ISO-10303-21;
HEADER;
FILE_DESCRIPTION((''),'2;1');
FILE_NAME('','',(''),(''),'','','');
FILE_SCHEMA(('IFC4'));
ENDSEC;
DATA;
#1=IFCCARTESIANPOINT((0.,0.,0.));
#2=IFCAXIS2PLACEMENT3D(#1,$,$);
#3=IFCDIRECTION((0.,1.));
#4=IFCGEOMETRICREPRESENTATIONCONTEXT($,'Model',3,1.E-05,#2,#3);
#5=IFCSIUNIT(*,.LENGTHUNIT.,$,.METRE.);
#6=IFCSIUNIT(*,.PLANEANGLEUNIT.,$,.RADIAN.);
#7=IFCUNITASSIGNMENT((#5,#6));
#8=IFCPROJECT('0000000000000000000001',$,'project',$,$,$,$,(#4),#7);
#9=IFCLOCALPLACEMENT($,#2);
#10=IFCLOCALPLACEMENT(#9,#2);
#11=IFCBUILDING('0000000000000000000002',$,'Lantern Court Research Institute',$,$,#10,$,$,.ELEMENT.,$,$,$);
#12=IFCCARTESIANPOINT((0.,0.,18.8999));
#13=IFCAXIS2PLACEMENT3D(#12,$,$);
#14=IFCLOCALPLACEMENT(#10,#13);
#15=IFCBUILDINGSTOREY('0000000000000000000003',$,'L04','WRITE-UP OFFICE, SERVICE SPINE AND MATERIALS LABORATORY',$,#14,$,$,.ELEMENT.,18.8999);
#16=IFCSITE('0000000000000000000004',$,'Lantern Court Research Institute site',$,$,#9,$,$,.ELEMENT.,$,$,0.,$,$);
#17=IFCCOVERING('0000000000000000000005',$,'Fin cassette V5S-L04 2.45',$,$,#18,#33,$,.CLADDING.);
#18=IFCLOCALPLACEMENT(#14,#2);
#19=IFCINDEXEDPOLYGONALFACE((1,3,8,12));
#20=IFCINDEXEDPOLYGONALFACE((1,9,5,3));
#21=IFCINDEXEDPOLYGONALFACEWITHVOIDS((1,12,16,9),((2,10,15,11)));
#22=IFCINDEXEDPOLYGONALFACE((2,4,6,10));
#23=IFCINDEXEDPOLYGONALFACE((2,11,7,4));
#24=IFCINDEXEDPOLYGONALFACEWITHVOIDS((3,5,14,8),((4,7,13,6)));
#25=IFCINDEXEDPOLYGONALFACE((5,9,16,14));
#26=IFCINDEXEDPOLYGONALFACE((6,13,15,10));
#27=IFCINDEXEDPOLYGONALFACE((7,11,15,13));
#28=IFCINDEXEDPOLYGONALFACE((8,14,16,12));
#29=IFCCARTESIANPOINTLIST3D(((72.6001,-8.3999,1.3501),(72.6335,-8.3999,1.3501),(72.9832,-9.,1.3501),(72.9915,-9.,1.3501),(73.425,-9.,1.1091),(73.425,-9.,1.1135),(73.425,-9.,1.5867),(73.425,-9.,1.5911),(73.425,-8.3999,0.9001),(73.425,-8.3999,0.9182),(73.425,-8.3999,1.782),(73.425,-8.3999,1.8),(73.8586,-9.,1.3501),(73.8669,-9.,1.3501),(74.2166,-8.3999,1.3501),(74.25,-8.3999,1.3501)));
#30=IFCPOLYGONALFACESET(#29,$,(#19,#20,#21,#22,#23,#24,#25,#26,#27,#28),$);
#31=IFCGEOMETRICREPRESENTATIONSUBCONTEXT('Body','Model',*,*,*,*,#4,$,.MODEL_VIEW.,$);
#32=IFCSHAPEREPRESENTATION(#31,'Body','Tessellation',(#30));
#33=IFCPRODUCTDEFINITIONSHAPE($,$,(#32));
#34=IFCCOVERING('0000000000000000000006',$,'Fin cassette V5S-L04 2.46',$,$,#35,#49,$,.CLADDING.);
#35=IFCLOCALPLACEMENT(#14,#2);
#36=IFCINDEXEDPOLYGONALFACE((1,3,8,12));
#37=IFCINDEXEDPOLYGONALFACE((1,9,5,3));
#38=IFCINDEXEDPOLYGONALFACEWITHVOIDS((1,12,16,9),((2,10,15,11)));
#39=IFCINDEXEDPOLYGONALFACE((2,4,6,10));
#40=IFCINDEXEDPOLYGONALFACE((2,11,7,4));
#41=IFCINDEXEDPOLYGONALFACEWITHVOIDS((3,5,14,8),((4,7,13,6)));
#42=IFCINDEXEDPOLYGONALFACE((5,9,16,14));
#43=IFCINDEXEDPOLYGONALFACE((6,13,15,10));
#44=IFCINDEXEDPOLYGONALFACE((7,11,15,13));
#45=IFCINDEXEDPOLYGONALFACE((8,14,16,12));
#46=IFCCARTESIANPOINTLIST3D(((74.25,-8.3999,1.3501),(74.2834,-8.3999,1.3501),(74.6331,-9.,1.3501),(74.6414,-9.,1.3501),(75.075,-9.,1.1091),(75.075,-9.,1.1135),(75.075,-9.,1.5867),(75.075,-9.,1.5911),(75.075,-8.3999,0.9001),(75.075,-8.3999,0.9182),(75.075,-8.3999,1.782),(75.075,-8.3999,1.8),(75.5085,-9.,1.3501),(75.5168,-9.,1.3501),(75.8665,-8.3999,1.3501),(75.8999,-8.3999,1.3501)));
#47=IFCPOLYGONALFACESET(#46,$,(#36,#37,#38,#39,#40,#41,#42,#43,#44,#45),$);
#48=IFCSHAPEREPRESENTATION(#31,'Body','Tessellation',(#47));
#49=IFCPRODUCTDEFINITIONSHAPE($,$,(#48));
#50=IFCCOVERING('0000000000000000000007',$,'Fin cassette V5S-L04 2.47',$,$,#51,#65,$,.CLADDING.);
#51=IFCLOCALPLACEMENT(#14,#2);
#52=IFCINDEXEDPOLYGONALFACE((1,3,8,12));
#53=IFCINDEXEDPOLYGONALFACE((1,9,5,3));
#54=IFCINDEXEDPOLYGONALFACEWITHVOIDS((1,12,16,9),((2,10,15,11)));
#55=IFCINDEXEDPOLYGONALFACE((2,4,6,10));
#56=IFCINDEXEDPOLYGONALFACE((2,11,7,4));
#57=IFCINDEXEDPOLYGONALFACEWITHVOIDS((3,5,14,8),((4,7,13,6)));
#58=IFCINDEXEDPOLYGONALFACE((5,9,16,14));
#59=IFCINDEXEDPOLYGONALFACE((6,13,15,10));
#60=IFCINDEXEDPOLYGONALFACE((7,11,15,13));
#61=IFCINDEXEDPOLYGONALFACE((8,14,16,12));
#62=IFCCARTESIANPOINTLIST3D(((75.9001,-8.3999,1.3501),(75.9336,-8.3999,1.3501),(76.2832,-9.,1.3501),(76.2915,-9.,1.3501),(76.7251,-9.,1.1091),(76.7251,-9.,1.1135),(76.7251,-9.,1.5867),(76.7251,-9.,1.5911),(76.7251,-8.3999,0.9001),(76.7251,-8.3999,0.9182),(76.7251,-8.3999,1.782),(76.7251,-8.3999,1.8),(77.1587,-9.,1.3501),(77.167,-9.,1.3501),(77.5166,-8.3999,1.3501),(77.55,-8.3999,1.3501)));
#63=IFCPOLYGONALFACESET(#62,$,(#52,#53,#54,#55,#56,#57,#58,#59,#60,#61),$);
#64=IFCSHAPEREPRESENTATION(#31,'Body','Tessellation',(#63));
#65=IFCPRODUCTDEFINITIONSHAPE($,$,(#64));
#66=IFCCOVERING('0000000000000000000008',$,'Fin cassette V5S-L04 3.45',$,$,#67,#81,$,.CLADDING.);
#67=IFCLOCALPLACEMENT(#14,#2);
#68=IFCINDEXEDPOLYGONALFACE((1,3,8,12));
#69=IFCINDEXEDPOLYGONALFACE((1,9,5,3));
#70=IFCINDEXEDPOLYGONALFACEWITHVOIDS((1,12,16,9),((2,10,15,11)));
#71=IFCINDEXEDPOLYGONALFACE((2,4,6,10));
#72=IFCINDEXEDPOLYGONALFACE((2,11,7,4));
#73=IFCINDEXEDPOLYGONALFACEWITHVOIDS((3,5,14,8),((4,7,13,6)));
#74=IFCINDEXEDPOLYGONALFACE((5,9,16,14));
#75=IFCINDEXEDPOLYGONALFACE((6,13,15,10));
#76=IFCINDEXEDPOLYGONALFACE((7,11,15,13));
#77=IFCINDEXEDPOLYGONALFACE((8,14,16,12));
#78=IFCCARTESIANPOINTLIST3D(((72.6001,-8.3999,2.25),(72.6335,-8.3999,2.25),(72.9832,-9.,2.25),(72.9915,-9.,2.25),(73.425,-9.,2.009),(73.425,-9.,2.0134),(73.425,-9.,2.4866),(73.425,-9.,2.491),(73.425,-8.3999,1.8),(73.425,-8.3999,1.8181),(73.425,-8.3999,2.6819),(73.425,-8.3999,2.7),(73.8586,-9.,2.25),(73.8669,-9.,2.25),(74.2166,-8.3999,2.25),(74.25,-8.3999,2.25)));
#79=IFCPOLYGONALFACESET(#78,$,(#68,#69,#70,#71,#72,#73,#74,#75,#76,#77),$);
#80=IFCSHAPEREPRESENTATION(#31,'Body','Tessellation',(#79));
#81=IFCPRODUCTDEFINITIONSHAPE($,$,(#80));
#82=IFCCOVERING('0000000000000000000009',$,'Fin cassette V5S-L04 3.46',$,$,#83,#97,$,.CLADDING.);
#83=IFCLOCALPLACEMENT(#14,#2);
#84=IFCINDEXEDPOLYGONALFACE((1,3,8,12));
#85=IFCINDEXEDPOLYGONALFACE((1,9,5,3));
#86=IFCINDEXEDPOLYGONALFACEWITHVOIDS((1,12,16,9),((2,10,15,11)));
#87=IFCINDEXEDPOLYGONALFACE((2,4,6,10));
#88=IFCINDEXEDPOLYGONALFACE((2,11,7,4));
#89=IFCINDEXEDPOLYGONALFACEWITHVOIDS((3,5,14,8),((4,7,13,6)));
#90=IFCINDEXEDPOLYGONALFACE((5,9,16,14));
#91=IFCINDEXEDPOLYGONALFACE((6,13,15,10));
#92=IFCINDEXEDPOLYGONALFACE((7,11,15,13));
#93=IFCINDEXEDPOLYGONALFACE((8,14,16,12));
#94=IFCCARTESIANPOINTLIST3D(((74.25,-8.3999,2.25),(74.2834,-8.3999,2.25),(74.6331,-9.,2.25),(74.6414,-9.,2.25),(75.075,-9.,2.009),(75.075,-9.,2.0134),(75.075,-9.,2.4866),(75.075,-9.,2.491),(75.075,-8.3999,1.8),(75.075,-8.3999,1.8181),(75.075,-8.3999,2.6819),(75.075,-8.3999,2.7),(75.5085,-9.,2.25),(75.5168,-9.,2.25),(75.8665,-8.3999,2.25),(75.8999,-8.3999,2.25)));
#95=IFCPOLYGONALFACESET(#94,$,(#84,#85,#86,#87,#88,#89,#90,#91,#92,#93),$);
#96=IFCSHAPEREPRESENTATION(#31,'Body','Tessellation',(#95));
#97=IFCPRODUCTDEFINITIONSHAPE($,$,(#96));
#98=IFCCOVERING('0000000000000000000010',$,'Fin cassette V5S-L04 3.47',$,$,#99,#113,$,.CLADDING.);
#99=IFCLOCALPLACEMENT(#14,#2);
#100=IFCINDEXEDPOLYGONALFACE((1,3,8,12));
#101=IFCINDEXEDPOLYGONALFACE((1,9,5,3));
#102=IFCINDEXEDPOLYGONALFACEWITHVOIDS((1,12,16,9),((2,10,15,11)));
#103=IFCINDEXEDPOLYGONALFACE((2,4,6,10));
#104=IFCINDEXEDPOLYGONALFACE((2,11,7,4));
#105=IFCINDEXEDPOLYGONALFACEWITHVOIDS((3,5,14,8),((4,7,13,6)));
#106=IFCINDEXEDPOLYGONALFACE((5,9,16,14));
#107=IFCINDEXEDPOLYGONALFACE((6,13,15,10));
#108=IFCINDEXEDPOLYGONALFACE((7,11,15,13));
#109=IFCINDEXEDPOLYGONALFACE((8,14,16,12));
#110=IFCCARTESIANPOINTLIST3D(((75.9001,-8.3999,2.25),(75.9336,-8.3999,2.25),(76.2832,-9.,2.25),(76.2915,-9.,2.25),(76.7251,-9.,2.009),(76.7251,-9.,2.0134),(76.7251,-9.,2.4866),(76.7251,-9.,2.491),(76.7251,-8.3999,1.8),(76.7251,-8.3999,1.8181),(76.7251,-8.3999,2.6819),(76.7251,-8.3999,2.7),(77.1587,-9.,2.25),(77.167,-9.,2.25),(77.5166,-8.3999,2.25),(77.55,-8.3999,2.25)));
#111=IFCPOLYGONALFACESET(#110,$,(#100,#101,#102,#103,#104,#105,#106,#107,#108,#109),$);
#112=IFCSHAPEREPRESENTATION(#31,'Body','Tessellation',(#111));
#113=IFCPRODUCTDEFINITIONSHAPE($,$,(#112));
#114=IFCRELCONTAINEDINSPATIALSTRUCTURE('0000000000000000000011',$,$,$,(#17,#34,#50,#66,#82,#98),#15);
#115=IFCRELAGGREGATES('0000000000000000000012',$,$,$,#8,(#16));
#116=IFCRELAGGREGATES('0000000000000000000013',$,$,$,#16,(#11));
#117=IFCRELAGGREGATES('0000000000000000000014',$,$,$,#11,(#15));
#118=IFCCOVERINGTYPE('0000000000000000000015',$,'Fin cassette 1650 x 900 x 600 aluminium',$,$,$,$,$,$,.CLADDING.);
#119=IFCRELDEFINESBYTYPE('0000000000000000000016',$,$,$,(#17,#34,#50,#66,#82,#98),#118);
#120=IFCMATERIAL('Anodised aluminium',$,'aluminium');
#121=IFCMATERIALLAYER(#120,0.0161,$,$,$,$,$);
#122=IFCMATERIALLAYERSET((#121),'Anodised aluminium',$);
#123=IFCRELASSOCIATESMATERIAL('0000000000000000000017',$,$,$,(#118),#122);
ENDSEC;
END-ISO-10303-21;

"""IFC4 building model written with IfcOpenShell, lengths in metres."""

from ifc_helpers import new_model, entity, si_unit, direction, frame, origin, place, context, subcontext, project, spatial, material, layer, layer_set, type_object, element, save


model = new_model("IFC4")

# Units and contexts
model_context = context("Model", 3, precision=1e-05, world=origin(), true_north=direction((0.0, 1.0)))
body_context = subcontext(model_context, "Body", "Model", "MODEL_VIEW")
ifc_project = project(units=[si_unit("LENGTHUNIT", "METRE"), si_unit("PLANEANGLEUNIT", "RADIAN")], contexts=[model_context])

# Site, building, storey
site_placement = place(None, origin())
site = spatial("IfcSite", under=ifc_project, at=site_placement, Name="Lantern Court Research Institute site", CompositionType="ELEMENT", RefElevation=0.0)
building_placement = place(site_placement, origin())
building = spatial("IfcBuilding", under=site, at=building_placement, Name="Lantern Court Research Institute", CompositionType="ELEMENT")
storey_placement = place(building_placement, frame((0.0, 0.0, 18.8999)))
storey = spatial("IfcBuildingStorey", under=building, at=storey_placement, Name="L04", Description="WRITE-UP OFFICE, SERVICE SPINE AND MATERIALS LABORATORY", CompositionType="ELEMENT", Elevation=18.8999)

# Coverings
ifc_material_1 = material(Name="Anodised aluminium", Category="aluminium")
ifc_layer_1 = layer(ifc_material_1, 0.0161)
ifc_layer_set_1 = layer_set([ifc_layer_1], Name="Anodised aluminium")
covering_type = type_object("IfcCoveringType", Name="Fin cassette 1650 x 900 x 600 aluminium", PredefinedType="CLADDING", material=ifc_layer_set_1)
covering_1_placement = place(storey_placement, frame((73.425, -8.3999, 1.3501), z_axis=(0.0, -1.0, 0.0), x_axis=(1.0, 0.0, 0.0)))
cartesian_point_1 = entity("IfcCartesianPoint", [0.825, 0.0])
cartesian_point_2 = entity("IfcCartesianPoint", [0.7915, 0.0])
cartesian_point_3 = entity("IfcCartesianPoint", [0.4419, 0.0])
cartesian_point_4 = entity("IfcCartesianPoint", [0.4336, 0.0])
element("IfcCovering", 1, at=covering_1_placement, inside=storey, type_object=covering_type, Name="Fin cassette V5S-L04 2.45", PredefinedType="CLADDING", context=body_context, shape_type="SweptSolid", body=[
    entity("IfcExtrudedAreaSolidTapered", entity("IfcArbitraryProfileDefWithVoids", "AREA", None, entity("IfcPolyline", [cartesian_point_1, entity("IfcCartesianPoint", [0.0, 0.45]), entity("IfcCartesianPoint", [-0.825, 0.0]), entity("IfcCartesianPoint", [0.0, -0.45]), cartesian_point_1]), [entity("IfcPolyline", [cartesian_point_2, entity("IfcCartesianPoint", [0.0, 0.4319]), entity("IfcCartesianPoint", [-0.7915, 0.0]), entity("IfcCartesianPoint", [0.0, -0.4319]), cartesian_point_2])]), entity("IfcAxis2Placement3D", entity("IfcCartesianPoint", [0.0, 0.0, 0.0])), entity("IfcDirection", [0.0, 0.0, 1.0]), 0.6001, entity("IfcArbitraryProfileDefWithVoids", "AREA", None, entity("IfcPolyline", [cartesian_point_3, entity("IfcCartesianPoint", [0.0, 0.241]), entity("IfcCartesianPoint", [-0.4419, 0.0]), entity("IfcCartesianPoint", [0.0, -0.241]), cartesian_point_3]), [entity("IfcPolyline", [cartesian_point_4, entity("IfcCartesianPoint", [0.0, 0.2366]), entity("IfcCartesianPoint", [-0.4336, 0.0]), entity("IfcCartesianPoint", [0.0, -0.2366]), cartesian_point_4])])),
])
covering_2_placement = place(storey_placement, frame((75.075, -8.3999, 1.3501), z_axis=(0.0, -1.0, 0.0), x_axis=(1.0, 0.0, 0.0)))
cartesian_point_5 = entity("IfcCartesianPoint", [0.825, 0.0])
cartesian_point_6 = entity("IfcCartesianPoint", [0.7915, 0.0])
cartesian_point_7 = entity("IfcCartesianPoint", [0.4419, 0.0])
cartesian_point_8 = entity("IfcCartesianPoint", [0.4336, 0.0])
element("IfcCovering", 2, at=covering_2_placement, inside=storey, type_object=covering_type, Name="Fin cassette V5S-L04 2.46", PredefinedType="CLADDING", context=body_context, shape_type="SweptSolid", body=[
    entity("IfcExtrudedAreaSolidTapered", entity("IfcArbitraryProfileDefWithVoids", "AREA", None, entity("IfcPolyline", [cartesian_point_5, entity("IfcCartesianPoint", [0.0, 0.45]), entity("IfcCartesianPoint", [-0.825, 0.0]), entity("IfcCartesianPoint", [0.0, -0.45]), cartesian_point_5]), [entity("IfcPolyline", [cartesian_point_6, entity("IfcCartesianPoint", [0.0, 0.4319]), entity("IfcCartesianPoint", [-0.7915, 0.0]), entity("IfcCartesianPoint", [0.0, -0.4319]), cartesian_point_6])]), entity("IfcAxis2Placement3D", entity("IfcCartesianPoint", [0.0, 0.0, 0.0])), entity("IfcDirection", [0.0, 0.0, 1.0]), 0.6001, entity("IfcArbitraryProfileDefWithVoids", "AREA", None, entity("IfcPolyline", [cartesian_point_7, entity("IfcCartesianPoint", [0.0, 0.241]), entity("IfcCartesianPoint", [-0.4419, 0.0]), entity("IfcCartesianPoint", [0.0, -0.241]), cartesian_point_7]), [entity("IfcPolyline", [cartesian_point_8, entity("IfcCartesianPoint", [0.0, 0.2366]), entity("IfcCartesianPoint", [-0.4336, 0.0]), entity("IfcCartesianPoint", [0.0, -0.2366]), cartesian_point_8])])),
])
covering_3_placement = place(storey_placement, frame((76.7251, -8.3999, 1.3501), z_axis=(0.0, -1.0, 0.0), x_axis=(1.0, 0.0, 0.0)))
cartesian_point_9 = entity("IfcCartesianPoint", [0.825, 0.0])
cartesian_point_10 = entity("IfcCartesianPoint", [0.7915, 0.0])
cartesian_point_11 = entity("IfcCartesianPoint", [0.4419, 0.0])
cartesian_point_12 = entity("IfcCartesianPoint", [0.4336, 0.0])
element("IfcCovering", 3, at=covering_3_placement, inside=storey, type_object=covering_type, Name="Fin cassette V5S-L04 2.47", PredefinedType="CLADDING", context=body_context, shape_type="SweptSolid", body=[
    entity("IfcExtrudedAreaSolidTapered", entity("IfcArbitraryProfileDefWithVoids", "AREA", None, entity("IfcPolyline", [cartesian_point_9, entity("IfcCartesianPoint", [0.0, 0.45]), entity("IfcCartesianPoint", [-0.825, 0.0]), entity("IfcCartesianPoint", [0.0, -0.45]), cartesian_point_9]), [entity("IfcPolyline", [cartesian_point_10, entity("IfcCartesianPoint", [0.0, 0.4319]), entity("IfcCartesianPoint", [-0.7915, 0.0]), entity("IfcCartesianPoint", [0.0, -0.4319]), cartesian_point_10])]), entity("IfcAxis2Placement3D", entity("IfcCartesianPoint", [0.0, 0.0, 0.0])), entity("IfcDirection", [0.0, 0.0, 1.0]), 0.6001, entity("IfcArbitraryProfileDefWithVoids", "AREA", None, entity("IfcPolyline", [cartesian_point_11, entity("IfcCartesianPoint", [0.0, 0.241]), entity("IfcCartesianPoint", [-0.4419, 0.0]), entity("IfcCartesianPoint", [0.0, -0.241]), cartesian_point_11]), [entity("IfcPolyline", [cartesian_point_12, entity("IfcCartesianPoint", [0.0, 0.2366]), entity("IfcCartesianPoint", [-0.4336, 0.0]), entity("IfcCartesianPoint", [0.0, -0.2366]), cartesian_point_12])])),
])
covering_4_placement = place(storey_placement, frame((73.425, -8.3999, 2.25), z_axis=(0.0, -1.0, 0.0), x_axis=(1.0, 0.0, 0.0)))
cartesian_point_13 = entity("IfcCartesianPoint", [0.825, 0.0])
cartesian_point_14 = entity("IfcCartesianPoint", [0.7915, 0.0])
cartesian_point_15 = entity("IfcCartesianPoint", [0.4419, 0.0])
cartesian_point_16 = entity("IfcCartesianPoint", [0.4336, 0.0])
element("IfcCovering", 4, at=covering_4_placement, inside=storey, type_object=covering_type, Name="Fin cassette V5S-L04 3.45", PredefinedType="CLADDING", context=body_context, shape_type="SweptSolid", body=[
    entity("IfcExtrudedAreaSolidTapered", entity("IfcArbitraryProfileDefWithVoids", "AREA", None, entity("IfcPolyline", [cartesian_point_13, entity("IfcCartesianPoint", [0.0, 0.45]), entity("IfcCartesianPoint", [-0.825, 0.0]), entity("IfcCartesianPoint", [0.0, -0.45]), cartesian_point_13]), [entity("IfcPolyline", [cartesian_point_14, entity("IfcCartesianPoint", [0.0, 0.4319]), entity("IfcCartesianPoint", [-0.7915, 0.0]), entity("IfcCartesianPoint", [0.0, -0.4319]), cartesian_point_14])]), entity("IfcAxis2Placement3D", entity("IfcCartesianPoint", [0.0, 0.0, 0.0])), entity("IfcDirection", [0.0, 0.0, 1.0]), 0.6001, entity("IfcArbitraryProfileDefWithVoids", "AREA", None, entity("IfcPolyline", [cartesian_point_15, entity("IfcCartesianPoint", [0.0, 0.241]), entity("IfcCartesianPoint", [-0.4419, 0.0]), entity("IfcCartesianPoint", [0.0, -0.241]), cartesian_point_15]), [entity("IfcPolyline", [cartesian_point_16, entity("IfcCartesianPoint", [0.0, 0.2366]), entity("IfcCartesianPoint", [-0.4336, 0.0]), entity("IfcCartesianPoint", [0.0, -0.2366]), cartesian_point_16])])),
])
covering_5_placement = place(storey_placement, frame((75.075, -8.3999, 2.25), z_axis=(0.0, -1.0, 0.0), x_axis=(1.0, 0.0, 0.0)))
cartesian_point_17 = entity("IfcCartesianPoint", [0.825, 0.0])
cartesian_point_18 = entity("IfcCartesianPoint", [0.7915, 0.0])
cartesian_point_19 = entity("IfcCartesianPoint", [0.4419, 0.0])
cartesian_point_20 = entity("IfcCartesianPoint", [0.4336, 0.0])
element("IfcCovering", 5, at=covering_5_placement, inside=storey, type_object=covering_type, Name="Fin cassette V5S-L04 3.46", PredefinedType="CLADDING", context=body_context, shape_type="SweptSolid", body=[
    entity("IfcExtrudedAreaSolidTapered", entity("IfcArbitraryProfileDefWithVoids", "AREA", None, entity("IfcPolyline", [cartesian_point_17, entity("IfcCartesianPoint", [0.0, 0.45]), entity("IfcCartesianPoint", [-0.825, 0.0]), entity("IfcCartesianPoint", [0.0, -0.45]), cartesian_point_17]), [entity("IfcPolyline", [cartesian_point_18, entity("IfcCartesianPoint", [0.0, 0.4319]), entity("IfcCartesianPoint", [-0.7915, 0.0]), entity("IfcCartesianPoint", [0.0, -0.4319]), cartesian_point_18])]), entity("IfcAxis2Placement3D", entity("IfcCartesianPoint", [0.0, 0.0, 0.0])), entity("IfcDirection", [0.0, 0.0, 1.0]), 0.6001, entity("IfcArbitraryProfileDefWithVoids", "AREA", None, entity("IfcPolyline", [cartesian_point_19, entity("IfcCartesianPoint", [0.0, 0.241]), entity("IfcCartesianPoint", [-0.4419, 0.0]), entity("IfcCartesianPoint", [0.0, -0.241]), cartesian_point_19]), [entity("IfcPolyline", [cartesian_point_20, entity("IfcCartesianPoint", [0.0, 0.2366]), entity("IfcCartesianPoint", [-0.4336, 0.0]), entity("IfcCartesianPoint", [0.0, -0.2366]), cartesian_point_20])])),
])
covering_6_placement = place(storey_placement, frame((76.7251, -8.3999, 2.25), z_axis=(0.0, -1.0, 0.0), x_axis=(1.0, 0.0, 0.0)))
cartesian_point_21 = entity("IfcCartesianPoint", [0.825, 0.0])
cartesian_point_22 = entity("IfcCartesianPoint", [0.7915, 0.0])
cartesian_point_23 = entity("IfcCartesianPoint", [0.4419, 0.0])
cartesian_point_24 = entity("IfcCartesianPoint", [0.4336, 0.0])
element("IfcCovering", 6, at=covering_6_placement, inside=storey, type_object=covering_type, Name="Fin cassette V5S-L04 3.47", PredefinedType="CLADDING", context=body_context, shape_type="SweptSolid", body=[
    entity("IfcExtrudedAreaSolidTapered", entity("IfcArbitraryProfileDefWithVoids", "AREA", None, entity("IfcPolyline", [cartesian_point_21, entity("IfcCartesianPoint", [0.0, 0.45]), entity("IfcCartesianPoint", [-0.825, 0.0]), entity("IfcCartesianPoint", [0.0, -0.45]), cartesian_point_21]), [entity("IfcPolyline", [cartesian_point_22, entity("IfcCartesianPoint", [0.0, 0.4319]), entity("IfcCartesianPoint", [-0.7915, 0.0]), entity("IfcCartesianPoint", [0.0, -0.4319]), cartesian_point_22])]), entity("IfcAxis2Placement3D", entity("IfcCartesianPoint", [0.0, 0.0, 0.0])), entity("IfcDirection", [0.0, 0.0, 1.0]), 0.6001, entity("IfcArbitraryProfileDefWithVoids", "AREA", None, entity("IfcPolyline", [cartesian_point_23, entity("IfcCartesianPoint", [0.0, 0.241]), entity("IfcCartesianPoint", [-0.4419, 0.0]), entity("IfcCartesianPoint", [0.0, -0.241]), cartesian_point_23]), [entity("IfcPolyline", [cartesian_point_24, entity("IfcCartesianPoint", [0.0, 0.2366]), entity("IfcCartesianPoint", [-0.4336, 0.0]), entity("IfcCartesianPoint", [0.0, -0.2366]), cartesian_point_24])])),
])

save(model, "model.ifc")
